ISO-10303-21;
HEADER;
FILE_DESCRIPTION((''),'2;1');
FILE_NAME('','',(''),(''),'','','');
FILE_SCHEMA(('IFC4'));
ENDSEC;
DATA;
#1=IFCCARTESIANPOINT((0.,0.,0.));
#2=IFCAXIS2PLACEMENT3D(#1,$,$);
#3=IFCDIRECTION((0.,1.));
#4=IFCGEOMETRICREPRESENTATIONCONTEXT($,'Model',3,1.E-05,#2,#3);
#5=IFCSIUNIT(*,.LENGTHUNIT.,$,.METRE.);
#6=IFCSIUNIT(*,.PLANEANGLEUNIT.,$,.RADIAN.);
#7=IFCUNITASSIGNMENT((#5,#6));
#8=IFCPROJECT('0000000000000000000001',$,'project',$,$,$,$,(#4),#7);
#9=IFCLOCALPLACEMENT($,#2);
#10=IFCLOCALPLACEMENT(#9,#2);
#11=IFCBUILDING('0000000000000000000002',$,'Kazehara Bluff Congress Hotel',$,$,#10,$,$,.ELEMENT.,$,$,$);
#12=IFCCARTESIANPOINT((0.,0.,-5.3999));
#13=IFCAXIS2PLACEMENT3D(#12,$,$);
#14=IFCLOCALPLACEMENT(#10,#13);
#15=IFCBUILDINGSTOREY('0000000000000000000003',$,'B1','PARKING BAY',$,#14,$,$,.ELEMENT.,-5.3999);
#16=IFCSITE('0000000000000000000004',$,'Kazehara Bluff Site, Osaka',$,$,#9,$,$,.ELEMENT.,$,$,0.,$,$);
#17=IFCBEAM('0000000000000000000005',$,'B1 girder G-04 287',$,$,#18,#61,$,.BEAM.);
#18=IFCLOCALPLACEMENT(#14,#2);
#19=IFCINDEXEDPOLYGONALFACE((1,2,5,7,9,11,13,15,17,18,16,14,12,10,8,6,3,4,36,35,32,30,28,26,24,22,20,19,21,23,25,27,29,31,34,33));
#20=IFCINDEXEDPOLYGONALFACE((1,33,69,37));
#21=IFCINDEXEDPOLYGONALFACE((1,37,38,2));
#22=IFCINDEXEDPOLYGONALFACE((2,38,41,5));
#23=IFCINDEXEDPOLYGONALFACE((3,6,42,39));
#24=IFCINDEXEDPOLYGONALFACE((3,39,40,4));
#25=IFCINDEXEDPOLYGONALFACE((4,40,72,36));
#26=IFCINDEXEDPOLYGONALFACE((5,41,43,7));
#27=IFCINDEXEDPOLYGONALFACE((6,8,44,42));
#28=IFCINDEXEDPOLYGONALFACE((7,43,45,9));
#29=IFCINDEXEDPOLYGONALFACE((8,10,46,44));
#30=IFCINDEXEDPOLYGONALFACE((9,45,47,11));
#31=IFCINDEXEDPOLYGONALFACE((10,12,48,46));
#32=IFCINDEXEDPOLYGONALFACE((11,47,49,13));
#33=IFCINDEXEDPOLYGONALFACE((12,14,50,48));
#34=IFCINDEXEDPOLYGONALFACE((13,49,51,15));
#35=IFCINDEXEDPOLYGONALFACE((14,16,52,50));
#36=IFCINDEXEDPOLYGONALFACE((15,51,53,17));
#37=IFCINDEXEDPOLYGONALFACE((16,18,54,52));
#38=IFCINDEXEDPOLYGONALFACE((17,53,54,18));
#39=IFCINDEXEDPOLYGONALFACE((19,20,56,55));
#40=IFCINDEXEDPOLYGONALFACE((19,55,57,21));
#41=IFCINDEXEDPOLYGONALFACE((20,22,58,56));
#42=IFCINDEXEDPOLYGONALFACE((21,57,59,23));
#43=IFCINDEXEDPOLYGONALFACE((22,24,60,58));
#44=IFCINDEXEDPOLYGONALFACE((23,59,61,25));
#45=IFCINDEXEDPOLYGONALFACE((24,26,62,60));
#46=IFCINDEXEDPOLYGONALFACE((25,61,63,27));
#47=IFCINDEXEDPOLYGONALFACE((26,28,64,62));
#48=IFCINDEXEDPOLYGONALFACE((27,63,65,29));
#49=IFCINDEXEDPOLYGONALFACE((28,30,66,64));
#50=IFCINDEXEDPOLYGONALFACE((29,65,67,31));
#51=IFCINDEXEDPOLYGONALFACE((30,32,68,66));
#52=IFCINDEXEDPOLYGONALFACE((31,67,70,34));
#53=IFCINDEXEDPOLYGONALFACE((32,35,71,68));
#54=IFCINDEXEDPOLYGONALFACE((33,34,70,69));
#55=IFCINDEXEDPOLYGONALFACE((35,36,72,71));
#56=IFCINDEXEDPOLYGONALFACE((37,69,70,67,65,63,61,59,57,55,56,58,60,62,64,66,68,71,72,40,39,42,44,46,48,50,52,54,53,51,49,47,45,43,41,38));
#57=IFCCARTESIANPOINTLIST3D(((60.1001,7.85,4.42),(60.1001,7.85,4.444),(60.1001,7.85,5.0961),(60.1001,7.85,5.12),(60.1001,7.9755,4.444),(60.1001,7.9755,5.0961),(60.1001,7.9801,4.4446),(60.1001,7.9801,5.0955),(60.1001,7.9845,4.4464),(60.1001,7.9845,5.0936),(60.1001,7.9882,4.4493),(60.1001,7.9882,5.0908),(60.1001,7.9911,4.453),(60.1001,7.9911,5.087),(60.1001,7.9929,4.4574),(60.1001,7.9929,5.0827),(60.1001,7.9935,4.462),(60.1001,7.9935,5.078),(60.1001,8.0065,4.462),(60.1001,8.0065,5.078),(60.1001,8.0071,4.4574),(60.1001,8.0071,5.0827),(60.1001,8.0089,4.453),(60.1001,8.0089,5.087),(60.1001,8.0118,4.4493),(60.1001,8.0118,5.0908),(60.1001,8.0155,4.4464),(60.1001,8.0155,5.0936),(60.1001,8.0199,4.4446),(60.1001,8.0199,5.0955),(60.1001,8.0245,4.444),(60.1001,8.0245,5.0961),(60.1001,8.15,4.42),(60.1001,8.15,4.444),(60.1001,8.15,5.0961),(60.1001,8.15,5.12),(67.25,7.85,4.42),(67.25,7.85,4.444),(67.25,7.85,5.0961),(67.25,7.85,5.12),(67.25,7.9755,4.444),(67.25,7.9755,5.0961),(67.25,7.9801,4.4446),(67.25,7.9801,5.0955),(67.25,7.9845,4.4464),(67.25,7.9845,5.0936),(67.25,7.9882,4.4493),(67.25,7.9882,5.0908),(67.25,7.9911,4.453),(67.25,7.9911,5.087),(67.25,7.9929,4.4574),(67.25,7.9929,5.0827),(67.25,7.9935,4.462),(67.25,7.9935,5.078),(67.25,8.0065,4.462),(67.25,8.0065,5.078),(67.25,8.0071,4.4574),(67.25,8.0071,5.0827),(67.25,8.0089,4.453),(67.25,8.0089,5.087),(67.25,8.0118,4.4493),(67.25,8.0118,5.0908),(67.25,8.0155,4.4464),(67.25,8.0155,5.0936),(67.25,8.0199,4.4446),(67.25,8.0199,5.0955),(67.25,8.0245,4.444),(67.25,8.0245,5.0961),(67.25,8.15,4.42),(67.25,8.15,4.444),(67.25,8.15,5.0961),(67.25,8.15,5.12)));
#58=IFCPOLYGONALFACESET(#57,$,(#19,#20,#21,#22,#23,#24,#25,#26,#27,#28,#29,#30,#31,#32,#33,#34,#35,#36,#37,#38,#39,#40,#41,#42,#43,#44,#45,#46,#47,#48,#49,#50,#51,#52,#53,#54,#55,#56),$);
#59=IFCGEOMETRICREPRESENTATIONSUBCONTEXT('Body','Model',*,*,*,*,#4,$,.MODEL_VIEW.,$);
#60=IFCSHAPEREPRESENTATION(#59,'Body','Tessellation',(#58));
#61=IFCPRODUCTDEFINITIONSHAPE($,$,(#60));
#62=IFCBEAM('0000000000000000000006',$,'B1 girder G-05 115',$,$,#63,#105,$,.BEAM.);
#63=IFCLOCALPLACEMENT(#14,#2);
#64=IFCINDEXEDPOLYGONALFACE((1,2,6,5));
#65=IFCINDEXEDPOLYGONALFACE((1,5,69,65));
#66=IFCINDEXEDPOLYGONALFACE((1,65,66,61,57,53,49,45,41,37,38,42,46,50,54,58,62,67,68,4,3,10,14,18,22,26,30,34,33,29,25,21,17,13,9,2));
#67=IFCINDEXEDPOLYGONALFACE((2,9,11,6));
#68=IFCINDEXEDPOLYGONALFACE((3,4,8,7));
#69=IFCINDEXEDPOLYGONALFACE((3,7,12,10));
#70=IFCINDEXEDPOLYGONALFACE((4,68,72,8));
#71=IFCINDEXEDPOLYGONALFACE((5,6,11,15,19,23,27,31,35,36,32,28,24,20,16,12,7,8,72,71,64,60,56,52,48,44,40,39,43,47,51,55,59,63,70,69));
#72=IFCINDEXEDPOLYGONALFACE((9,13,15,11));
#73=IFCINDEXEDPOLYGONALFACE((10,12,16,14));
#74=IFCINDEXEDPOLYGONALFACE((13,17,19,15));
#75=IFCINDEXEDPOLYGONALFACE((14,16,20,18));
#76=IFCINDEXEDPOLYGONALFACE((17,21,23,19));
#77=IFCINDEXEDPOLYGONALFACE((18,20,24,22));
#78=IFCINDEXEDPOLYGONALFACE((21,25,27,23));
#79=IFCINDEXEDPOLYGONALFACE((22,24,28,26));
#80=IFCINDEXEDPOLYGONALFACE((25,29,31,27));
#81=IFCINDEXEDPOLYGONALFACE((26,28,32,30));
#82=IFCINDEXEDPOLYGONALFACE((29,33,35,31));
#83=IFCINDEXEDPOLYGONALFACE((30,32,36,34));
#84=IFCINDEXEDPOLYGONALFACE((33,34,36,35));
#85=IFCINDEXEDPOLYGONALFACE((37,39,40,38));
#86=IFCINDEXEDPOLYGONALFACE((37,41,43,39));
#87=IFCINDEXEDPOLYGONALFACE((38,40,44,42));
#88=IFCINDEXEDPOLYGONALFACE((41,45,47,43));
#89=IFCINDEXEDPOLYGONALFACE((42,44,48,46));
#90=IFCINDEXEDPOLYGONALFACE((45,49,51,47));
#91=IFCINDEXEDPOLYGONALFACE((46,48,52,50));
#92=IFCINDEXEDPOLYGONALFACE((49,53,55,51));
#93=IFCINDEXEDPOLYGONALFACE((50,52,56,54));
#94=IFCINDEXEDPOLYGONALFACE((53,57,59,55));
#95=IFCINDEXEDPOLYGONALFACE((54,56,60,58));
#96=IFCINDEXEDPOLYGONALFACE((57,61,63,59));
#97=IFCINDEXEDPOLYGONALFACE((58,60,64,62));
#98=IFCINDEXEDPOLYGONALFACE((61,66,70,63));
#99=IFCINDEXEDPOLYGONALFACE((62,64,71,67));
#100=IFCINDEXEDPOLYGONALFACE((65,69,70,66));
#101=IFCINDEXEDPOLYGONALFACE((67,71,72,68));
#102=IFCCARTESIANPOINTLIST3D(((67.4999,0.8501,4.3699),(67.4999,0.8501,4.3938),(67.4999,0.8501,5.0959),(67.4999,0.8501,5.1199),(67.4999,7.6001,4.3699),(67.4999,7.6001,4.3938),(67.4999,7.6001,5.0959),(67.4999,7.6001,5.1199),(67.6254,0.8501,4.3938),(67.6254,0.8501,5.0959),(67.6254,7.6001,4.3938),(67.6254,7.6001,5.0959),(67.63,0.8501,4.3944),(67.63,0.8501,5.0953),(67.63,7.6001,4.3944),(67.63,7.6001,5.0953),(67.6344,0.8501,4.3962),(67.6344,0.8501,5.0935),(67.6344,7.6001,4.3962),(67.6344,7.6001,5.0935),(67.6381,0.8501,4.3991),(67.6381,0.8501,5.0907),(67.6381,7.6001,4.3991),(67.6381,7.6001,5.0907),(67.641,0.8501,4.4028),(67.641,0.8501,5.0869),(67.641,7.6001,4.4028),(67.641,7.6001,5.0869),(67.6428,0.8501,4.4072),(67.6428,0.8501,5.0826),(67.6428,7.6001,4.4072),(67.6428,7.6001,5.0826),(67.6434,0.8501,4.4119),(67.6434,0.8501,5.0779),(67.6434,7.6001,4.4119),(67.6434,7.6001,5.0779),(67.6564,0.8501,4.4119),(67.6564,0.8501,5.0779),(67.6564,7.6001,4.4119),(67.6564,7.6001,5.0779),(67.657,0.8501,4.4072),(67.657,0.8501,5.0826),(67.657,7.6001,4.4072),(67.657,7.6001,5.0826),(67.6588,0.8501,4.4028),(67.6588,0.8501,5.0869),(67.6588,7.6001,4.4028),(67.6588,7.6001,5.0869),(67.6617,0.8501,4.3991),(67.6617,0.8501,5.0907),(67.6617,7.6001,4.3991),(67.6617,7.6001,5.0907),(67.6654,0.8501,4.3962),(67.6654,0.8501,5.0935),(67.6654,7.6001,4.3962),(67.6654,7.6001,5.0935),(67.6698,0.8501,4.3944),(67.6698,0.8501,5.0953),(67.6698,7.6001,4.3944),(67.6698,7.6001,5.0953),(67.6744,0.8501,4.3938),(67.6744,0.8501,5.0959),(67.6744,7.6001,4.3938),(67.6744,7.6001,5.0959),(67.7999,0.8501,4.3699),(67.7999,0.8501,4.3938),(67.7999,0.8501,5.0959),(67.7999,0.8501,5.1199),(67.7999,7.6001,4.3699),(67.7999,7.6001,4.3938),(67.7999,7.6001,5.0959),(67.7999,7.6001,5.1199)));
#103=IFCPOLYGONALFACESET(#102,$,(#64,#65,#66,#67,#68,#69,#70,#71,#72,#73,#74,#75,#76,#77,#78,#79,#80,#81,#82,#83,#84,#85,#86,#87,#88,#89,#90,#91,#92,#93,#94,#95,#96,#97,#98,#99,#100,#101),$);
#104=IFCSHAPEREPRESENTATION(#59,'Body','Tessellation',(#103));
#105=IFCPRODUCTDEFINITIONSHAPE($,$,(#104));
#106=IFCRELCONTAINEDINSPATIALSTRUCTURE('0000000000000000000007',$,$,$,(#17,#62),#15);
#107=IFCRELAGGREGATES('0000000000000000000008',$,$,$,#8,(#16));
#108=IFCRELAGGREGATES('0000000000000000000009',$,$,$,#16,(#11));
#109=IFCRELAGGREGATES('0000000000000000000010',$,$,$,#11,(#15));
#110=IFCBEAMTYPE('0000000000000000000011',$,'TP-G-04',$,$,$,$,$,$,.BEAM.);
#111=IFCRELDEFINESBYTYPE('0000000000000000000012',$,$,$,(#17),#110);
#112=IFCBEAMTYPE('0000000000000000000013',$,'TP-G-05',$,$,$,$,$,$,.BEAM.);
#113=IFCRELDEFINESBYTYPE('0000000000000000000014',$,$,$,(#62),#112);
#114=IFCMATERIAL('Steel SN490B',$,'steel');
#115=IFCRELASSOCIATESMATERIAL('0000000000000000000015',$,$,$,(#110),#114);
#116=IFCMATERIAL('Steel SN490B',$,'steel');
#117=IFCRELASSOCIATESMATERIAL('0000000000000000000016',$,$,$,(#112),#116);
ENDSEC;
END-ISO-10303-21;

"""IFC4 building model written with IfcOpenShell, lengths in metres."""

from ifc_helpers import new_model, si_unit, direction, frame, origin, origin_2d, place, context, subcontext, project, spatial, i_section, extrude, material, material_profile, profile_set, type_object, element, save


model = new_model("IFC4")

# Units and contexts
model_context = context("Model", 3, precision=1e-05, world=origin(), true_north=direction((0.0, 1.0)))
body_context = subcontext(model_context, "Body", "Model", "MODEL_VIEW")
ifc_project = project(units=[si_unit("LENGTHUNIT", "METRE"), si_unit("PLANEANGLEUNIT", "RADIAN")], contexts=[model_context])

# Site, building, storey
site_placement = place(None, origin())
site = spatial("IfcSite", under=ifc_project, at=site_placement, Name="Kazehara Bluff Site, Osaka", CompositionType="ELEMENT", RefElevation=0.0)
building_placement = place(site_placement, origin())
building = spatial("IfcBuilding", under=site, at=building_placement, Name="Kazehara Bluff Congress Hotel", CompositionType="ELEMENT")
storey_placement = place(building_placement, frame((0.0, 0.0, -5.3999)))
storey = spatial("IfcBuildingStorey", under=building, at=storey_placement, Name="B1", Description="PARKING BAY", CompositionType="ELEMENT", Elevation=-5.3999)

# Beams
ifc_material_1 = material(Name="Steel SN490B", Category="steel")
ifc_material_profile_1 = material_profile(ifc_material_1, i_section(OverallWidth=0.3, OverallDepth=0.7, WebThickness=0.0129, FlangeThickness=0.0239, FilletRadius=0.0181, at=origin_2d()))
ifc_profile_set_1 = profile_set([ifc_material_profile_1], Name="Steel SN490B")
beam_type_1 = type_object("IfcBeamType", Name="TP-G-04", PredefinedType="BEAM", material=ifc_profile_set_1)
beam_1_placement = place(storey_placement, frame((60.1001, 8.0, 4.77), z_axis=(1.0, 0.0, 0.0), x_axis=(0.0, 1.0, 0.0)))
element("IfcBeam", 1, at=beam_1_placement, inside=storey, type_object=beam_type_1, Name="B1 girder G-04 287", PredefinedType="BEAM", context=body_context, shape_type="SweptSolid", body=[
    extrude(i_section(OverallWidth=0.3, OverallDepth=0.7, WebThickness=0.0129, FlangeThickness=0.0239, FilletRadius=0.0181, at=origin_2d()), origin(), (0.0, 0.0, 1.0), 7.1499),
])
ifc_material_2 = material(Name="Steel SN490B", Category="steel")
ifc_material_profile_2 = material_profile(ifc_material_2, i_section(OverallWidth=0.3, OverallDepth=0.75, WebThickness=0.0129, FlangeThickness=0.0239, FilletRadius=0.0181, at=origin_2d()))
ifc_profile_set_2 = profile_set([ifc_material_profile_2], Name="Steel SN490B")
beam_type_2 = type_object("IfcBeamType", Name="TP-G-05", PredefinedType="BEAM", material=ifc_profile_set_2)
beam_2_placement = place(storey_placement, frame((67.6499, 0.8501, 4.7449), z_axis=(0.0, 1.0, 0.0), x_axis=(-1.0, 0.0, 0.0)))
element("IfcBeam", 2, at=beam_2_placement, inside=storey, type_object=beam_type_2, Name="B1 girder G-05 115", PredefinedType="BEAM", context=body_context, shape_type="SweptSolid", body=[
    extrude(i_section(OverallWidth=0.3, OverallDepth=0.75, WebThickness=0.0129, FlangeThickness=0.0239, FilletRadius=0.0181, at=origin_2d()), origin(), (0.0, 0.0, 1.0), 6.75),
])

save(model, "model.ifc")
